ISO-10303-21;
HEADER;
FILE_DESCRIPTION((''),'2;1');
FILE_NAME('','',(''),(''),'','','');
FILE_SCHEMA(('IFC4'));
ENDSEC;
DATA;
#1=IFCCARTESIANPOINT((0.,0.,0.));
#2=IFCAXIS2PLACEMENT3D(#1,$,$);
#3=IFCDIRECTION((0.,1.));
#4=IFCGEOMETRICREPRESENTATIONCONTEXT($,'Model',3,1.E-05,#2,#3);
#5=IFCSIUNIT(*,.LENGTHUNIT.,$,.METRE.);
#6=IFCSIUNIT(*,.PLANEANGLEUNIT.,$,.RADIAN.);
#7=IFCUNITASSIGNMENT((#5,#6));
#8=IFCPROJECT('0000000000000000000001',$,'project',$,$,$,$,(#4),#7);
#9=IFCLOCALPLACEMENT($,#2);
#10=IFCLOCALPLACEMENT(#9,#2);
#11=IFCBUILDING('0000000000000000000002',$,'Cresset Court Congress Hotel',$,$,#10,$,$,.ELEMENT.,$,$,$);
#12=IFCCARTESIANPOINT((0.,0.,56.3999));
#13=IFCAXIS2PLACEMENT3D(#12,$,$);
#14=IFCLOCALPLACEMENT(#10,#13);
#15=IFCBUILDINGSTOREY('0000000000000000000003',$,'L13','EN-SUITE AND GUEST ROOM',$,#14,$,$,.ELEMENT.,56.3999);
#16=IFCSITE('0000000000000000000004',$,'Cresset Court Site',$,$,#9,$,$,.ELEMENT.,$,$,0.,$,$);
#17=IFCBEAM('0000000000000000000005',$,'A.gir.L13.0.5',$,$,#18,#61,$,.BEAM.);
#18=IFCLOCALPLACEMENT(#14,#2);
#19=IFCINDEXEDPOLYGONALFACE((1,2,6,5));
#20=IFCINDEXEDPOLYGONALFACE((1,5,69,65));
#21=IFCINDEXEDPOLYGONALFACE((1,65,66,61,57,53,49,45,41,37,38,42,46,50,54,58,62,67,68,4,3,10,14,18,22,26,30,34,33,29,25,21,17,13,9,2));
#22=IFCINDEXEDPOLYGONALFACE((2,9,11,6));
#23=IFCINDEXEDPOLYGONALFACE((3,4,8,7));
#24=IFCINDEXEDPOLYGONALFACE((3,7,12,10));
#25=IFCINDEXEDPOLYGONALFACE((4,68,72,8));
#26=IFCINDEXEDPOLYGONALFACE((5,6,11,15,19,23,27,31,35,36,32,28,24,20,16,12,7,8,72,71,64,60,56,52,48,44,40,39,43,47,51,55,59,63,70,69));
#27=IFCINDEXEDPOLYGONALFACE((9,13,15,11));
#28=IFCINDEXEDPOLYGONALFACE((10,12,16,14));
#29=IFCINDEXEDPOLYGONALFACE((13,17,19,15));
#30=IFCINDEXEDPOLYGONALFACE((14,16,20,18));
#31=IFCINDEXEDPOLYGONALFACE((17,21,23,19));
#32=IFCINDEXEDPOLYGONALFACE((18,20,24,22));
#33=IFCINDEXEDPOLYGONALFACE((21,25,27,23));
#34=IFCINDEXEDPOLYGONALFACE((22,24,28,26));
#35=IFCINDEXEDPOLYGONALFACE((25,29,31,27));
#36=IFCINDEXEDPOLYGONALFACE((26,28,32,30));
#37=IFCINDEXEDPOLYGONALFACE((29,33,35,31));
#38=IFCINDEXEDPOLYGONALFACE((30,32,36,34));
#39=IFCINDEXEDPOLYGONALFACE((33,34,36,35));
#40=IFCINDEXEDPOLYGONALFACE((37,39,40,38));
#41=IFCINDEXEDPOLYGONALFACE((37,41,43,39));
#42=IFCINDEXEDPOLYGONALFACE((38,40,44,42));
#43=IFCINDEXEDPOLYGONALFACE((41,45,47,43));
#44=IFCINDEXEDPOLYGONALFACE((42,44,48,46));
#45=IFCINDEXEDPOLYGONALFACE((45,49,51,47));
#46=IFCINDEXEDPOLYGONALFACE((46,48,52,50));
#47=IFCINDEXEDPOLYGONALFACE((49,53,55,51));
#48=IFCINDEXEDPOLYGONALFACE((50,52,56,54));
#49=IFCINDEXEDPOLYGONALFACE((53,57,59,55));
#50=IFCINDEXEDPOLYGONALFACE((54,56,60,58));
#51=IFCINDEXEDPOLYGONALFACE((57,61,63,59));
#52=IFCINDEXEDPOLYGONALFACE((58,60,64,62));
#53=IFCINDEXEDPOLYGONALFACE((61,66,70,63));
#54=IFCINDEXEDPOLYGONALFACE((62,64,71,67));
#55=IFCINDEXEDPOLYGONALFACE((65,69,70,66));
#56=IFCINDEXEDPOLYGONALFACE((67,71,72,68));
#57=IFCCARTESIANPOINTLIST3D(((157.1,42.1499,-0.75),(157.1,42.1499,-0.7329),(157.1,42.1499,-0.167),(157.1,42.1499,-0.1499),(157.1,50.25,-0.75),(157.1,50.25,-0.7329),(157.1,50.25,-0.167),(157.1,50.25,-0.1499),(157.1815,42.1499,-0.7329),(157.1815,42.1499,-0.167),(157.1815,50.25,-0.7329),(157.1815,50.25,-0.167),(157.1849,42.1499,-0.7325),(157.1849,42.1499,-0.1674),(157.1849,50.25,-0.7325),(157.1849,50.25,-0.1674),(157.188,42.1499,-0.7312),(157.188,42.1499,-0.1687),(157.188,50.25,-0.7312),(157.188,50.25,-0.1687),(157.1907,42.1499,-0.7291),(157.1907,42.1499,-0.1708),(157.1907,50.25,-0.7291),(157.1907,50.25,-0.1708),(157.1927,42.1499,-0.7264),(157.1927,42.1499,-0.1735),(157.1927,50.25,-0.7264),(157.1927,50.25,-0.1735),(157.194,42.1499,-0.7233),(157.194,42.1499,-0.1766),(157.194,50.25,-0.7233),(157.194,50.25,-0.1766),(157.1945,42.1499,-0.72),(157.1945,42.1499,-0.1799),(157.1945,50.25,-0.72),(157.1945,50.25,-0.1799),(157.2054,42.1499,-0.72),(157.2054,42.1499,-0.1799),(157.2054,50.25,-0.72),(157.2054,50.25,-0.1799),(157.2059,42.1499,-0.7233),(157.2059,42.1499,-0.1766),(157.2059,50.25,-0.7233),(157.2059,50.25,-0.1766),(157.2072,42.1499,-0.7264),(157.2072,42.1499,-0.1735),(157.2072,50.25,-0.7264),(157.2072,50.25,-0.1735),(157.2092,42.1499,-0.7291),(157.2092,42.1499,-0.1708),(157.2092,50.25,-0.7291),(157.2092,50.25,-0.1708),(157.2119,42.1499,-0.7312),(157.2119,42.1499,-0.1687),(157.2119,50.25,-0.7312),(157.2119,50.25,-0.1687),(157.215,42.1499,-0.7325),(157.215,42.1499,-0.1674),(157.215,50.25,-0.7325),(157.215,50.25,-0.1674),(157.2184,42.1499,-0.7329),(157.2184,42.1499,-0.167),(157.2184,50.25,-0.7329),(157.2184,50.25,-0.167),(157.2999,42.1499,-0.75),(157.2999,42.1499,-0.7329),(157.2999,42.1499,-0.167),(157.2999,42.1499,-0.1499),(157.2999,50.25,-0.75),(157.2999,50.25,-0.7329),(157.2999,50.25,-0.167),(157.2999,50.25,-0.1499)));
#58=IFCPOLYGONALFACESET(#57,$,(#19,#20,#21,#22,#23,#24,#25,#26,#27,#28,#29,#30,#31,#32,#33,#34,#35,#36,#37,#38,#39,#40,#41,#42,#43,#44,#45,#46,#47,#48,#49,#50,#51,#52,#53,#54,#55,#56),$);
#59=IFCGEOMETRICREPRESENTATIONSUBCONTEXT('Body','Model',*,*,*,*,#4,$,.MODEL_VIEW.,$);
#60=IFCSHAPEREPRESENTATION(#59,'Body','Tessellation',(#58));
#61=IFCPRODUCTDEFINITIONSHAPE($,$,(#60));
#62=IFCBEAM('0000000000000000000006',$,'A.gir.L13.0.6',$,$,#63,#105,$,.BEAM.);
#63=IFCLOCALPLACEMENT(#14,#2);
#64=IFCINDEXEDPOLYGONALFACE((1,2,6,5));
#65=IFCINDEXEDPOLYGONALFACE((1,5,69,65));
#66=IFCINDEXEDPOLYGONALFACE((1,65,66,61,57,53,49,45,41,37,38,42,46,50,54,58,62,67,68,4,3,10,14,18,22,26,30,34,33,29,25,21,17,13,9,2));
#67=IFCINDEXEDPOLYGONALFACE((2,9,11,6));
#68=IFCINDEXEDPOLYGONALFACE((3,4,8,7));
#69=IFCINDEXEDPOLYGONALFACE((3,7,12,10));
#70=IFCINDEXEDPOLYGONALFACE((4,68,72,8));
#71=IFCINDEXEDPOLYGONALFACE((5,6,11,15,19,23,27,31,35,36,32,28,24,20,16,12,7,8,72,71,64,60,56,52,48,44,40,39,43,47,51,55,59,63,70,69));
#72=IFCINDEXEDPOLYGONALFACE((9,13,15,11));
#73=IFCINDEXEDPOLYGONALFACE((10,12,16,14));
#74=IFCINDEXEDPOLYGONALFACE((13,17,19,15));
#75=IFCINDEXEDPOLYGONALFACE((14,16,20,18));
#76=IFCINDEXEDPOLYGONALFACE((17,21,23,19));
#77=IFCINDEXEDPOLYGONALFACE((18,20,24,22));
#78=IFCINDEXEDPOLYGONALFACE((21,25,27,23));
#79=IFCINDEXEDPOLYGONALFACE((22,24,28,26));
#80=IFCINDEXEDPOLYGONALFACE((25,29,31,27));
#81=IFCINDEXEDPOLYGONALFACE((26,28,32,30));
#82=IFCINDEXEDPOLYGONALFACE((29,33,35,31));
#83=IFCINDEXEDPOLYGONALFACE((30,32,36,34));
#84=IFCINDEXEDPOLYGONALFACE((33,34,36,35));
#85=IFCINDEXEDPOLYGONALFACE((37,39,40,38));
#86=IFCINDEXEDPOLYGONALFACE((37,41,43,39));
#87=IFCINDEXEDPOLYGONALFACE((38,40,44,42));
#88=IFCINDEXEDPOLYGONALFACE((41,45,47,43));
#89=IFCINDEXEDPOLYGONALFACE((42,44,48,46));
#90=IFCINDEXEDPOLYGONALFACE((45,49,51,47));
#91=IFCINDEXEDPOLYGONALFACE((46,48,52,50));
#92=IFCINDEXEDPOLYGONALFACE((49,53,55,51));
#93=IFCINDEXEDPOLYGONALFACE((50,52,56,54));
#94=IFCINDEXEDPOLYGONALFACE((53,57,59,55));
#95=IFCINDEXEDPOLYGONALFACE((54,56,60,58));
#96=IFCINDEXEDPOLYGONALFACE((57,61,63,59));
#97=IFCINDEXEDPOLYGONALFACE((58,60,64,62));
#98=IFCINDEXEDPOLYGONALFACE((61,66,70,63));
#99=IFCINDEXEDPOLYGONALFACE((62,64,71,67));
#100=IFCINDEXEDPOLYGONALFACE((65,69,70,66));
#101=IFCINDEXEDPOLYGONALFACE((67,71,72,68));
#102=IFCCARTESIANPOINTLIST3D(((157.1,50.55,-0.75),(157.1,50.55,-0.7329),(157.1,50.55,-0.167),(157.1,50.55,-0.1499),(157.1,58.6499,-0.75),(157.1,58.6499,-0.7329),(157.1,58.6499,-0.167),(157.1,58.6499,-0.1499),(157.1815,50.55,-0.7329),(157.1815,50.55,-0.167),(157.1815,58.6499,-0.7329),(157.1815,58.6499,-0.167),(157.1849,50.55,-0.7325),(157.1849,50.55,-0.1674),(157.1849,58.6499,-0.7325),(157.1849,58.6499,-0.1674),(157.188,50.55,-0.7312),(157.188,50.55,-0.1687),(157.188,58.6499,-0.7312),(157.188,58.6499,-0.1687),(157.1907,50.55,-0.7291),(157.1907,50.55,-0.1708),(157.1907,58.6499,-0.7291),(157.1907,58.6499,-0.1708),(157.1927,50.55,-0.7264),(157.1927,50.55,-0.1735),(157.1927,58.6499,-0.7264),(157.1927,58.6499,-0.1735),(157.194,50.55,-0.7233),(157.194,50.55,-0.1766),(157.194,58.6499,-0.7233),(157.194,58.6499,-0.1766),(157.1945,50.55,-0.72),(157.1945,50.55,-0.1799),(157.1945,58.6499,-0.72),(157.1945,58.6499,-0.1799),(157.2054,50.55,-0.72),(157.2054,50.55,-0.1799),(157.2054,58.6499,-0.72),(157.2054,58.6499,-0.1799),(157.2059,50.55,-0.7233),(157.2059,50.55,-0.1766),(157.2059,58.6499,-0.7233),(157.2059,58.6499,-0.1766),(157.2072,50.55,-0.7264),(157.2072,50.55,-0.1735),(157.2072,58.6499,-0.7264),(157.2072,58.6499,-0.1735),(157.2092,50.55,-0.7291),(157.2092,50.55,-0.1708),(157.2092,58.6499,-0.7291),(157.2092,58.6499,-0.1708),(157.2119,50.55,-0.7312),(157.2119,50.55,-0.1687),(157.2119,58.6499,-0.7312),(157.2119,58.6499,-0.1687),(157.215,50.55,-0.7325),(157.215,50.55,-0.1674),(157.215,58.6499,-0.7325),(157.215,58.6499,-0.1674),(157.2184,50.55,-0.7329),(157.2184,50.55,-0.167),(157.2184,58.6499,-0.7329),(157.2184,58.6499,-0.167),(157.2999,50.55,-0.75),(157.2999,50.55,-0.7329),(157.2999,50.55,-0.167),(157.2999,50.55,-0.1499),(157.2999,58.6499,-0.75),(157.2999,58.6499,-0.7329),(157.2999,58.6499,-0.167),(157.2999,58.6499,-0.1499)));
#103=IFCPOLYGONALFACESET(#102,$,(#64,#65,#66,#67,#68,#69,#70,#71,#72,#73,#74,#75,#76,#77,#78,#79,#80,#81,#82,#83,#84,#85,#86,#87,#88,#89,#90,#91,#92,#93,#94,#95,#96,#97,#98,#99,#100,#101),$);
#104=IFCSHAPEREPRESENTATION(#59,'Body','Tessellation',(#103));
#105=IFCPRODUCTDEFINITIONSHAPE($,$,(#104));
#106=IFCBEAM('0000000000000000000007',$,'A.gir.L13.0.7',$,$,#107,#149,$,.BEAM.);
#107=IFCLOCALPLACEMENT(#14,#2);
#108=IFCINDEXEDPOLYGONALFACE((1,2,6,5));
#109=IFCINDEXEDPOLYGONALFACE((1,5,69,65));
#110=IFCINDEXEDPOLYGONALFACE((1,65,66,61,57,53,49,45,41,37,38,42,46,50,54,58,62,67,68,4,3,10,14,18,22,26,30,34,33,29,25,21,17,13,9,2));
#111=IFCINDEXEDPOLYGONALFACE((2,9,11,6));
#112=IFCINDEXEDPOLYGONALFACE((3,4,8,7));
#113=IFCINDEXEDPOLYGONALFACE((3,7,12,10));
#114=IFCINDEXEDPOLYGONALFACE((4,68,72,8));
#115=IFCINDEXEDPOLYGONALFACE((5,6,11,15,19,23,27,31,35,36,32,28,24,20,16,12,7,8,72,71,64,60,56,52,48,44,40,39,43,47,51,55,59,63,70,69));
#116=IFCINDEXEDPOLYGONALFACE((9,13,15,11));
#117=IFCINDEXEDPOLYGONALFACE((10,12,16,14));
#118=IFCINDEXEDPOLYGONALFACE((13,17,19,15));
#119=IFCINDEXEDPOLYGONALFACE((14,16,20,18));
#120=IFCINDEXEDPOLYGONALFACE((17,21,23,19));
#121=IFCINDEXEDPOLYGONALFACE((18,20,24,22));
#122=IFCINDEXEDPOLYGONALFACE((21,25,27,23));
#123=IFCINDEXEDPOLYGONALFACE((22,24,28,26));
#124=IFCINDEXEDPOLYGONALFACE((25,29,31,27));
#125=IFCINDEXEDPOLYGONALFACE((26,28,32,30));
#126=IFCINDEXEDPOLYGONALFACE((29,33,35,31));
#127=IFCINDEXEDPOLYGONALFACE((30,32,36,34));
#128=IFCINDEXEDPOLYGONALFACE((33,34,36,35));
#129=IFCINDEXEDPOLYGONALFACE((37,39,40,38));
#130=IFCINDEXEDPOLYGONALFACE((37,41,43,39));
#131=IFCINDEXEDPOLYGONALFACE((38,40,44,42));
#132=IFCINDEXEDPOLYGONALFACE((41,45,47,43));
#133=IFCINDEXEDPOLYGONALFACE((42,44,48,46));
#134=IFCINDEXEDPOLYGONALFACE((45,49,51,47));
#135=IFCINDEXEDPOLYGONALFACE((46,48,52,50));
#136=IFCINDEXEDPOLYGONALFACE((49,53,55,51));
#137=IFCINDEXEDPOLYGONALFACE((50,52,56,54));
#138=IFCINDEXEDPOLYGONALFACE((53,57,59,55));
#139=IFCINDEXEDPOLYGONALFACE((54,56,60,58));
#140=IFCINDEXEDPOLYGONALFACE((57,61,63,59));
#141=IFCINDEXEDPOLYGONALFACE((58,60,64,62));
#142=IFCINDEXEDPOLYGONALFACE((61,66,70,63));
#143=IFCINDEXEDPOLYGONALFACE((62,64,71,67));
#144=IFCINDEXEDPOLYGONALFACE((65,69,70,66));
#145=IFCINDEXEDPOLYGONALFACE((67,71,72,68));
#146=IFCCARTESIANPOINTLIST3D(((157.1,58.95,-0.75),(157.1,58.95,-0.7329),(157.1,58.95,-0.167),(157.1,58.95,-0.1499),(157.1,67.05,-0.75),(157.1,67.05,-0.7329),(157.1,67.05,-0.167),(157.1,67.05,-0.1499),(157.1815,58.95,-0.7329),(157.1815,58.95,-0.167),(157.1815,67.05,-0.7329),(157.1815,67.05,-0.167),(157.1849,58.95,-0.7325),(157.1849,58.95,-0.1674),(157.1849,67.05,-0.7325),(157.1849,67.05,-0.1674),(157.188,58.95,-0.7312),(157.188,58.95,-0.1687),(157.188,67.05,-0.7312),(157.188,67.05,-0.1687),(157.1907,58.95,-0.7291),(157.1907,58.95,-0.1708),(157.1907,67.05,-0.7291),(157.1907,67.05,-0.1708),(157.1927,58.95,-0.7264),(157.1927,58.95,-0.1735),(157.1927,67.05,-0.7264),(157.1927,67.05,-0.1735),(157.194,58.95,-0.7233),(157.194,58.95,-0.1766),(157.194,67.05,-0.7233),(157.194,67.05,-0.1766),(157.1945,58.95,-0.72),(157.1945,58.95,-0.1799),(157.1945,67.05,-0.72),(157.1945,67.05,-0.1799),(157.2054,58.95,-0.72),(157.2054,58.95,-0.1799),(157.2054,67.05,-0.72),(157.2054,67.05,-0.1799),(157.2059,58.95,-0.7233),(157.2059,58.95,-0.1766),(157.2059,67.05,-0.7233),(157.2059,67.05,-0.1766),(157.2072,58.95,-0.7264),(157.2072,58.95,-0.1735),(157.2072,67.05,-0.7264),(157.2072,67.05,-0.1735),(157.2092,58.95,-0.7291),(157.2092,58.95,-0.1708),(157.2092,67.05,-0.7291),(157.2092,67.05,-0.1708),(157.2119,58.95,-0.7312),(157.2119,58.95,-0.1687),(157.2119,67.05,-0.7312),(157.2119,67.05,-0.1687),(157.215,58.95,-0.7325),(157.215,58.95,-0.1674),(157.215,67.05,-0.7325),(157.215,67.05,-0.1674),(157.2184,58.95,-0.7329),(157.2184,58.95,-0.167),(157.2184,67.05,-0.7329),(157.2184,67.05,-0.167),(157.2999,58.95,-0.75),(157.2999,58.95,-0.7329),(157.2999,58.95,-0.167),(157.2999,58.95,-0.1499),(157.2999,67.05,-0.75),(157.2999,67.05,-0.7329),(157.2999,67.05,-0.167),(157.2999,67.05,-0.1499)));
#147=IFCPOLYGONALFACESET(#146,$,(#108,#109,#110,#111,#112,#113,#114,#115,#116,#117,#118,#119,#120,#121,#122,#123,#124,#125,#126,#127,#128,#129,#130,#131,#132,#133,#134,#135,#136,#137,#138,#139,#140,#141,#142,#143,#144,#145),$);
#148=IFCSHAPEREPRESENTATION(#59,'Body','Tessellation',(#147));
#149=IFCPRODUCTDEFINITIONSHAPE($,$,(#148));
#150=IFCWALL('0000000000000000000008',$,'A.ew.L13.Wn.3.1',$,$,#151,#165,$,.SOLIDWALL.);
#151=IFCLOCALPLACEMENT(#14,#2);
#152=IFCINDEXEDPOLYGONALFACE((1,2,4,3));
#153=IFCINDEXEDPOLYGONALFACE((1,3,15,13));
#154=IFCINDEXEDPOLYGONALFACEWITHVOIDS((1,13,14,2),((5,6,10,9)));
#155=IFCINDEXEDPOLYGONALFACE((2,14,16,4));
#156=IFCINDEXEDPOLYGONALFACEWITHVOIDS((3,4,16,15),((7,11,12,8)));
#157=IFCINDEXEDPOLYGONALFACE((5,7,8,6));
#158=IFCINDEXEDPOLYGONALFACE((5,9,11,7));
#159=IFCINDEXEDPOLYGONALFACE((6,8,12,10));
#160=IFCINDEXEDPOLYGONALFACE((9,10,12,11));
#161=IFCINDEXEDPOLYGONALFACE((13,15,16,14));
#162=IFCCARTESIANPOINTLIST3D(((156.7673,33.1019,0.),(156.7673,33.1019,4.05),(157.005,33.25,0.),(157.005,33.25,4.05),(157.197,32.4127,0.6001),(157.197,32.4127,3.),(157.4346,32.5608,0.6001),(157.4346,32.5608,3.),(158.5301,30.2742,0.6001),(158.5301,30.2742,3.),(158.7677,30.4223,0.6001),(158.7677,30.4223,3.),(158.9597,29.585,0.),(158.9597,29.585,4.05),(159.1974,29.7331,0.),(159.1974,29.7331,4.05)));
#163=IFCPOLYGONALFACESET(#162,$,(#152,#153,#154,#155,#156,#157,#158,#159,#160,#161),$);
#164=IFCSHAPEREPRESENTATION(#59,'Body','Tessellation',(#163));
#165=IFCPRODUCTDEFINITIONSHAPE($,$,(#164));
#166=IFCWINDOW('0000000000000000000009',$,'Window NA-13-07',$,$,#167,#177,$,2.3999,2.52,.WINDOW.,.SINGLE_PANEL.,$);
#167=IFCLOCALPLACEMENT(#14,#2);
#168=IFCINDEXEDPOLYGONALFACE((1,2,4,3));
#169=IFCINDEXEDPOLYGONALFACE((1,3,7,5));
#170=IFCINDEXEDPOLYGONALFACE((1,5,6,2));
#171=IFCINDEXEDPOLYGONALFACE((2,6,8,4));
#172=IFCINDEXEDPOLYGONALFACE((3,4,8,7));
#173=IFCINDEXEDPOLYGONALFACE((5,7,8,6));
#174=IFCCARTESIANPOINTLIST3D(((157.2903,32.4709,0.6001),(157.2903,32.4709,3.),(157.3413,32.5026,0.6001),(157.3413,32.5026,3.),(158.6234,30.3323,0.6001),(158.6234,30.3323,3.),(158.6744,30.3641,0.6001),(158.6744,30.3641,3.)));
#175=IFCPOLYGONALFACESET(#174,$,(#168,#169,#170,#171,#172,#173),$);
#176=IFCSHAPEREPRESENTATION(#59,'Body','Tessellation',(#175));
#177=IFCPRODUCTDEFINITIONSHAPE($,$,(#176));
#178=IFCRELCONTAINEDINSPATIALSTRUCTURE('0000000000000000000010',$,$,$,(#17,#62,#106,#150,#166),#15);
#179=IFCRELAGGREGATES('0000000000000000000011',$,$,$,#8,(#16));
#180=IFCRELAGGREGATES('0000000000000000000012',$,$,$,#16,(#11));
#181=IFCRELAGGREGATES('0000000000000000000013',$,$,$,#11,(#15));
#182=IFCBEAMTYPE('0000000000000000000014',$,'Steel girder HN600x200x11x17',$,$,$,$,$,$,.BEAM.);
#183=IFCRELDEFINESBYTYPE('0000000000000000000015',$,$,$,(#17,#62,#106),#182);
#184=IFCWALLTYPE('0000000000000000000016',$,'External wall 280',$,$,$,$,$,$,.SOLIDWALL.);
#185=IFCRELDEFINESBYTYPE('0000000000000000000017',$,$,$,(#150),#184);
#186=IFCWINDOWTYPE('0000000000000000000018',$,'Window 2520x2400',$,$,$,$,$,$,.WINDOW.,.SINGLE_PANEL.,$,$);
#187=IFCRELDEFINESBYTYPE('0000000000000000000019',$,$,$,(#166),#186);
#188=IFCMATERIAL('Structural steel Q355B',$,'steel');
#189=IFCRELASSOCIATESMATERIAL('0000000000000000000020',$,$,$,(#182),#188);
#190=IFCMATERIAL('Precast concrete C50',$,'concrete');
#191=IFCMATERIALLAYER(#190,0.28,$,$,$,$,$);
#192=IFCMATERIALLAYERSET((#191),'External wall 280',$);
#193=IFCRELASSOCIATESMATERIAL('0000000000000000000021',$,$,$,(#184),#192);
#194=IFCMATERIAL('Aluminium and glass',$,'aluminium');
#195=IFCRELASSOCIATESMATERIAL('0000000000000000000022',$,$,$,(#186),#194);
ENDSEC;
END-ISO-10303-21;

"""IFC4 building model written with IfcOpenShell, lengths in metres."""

from ifc_helpers import new_model, si_unit, direction, frame, frame_2d, origin, origin_2d, place, context, subcontext, project, spatial, rectangle, i_section, extrude, material, layer, layer_set, material_profile, profile_set, type_object, element, fill, save


model = new_model("IFC4")

# Units and contexts
model_context = context("Model", 3, precision=1e-05, world=origin(), true_north=direction((0.0, 1.0)))
body_context = subcontext(model_context, "Body", "Model", "MODEL_VIEW")
ifc_project = project(units=[si_unit("LENGTHUNIT", "METRE"), si_unit("PLANEANGLEUNIT", "RADIAN")], contexts=[model_context])

# Site, building, storey
site_placement = place(None, origin())
site = spatial("IfcSite", under=ifc_project, at=site_placement, Name="Cresset Court Site", CompositionType="ELEMENT", RefElevation=0.0)
building_placement = place(site_placement, origin())
building = spatial("IfcBuilding", under=site, at=building_placement, Name="Cresset Court Congress Hotel", CompositionType="ELEMENT")
storey_placement = place(building_placement, frame((0.0, 0.0, 56.3999)))
storey = spatial("IfcBuildingStorey", under=building, at=storey_placement, Name="L13", Description="EN-SUITE AND GUEST ROOM", CompositionType="ELEMENT", Elevation=56.3999)

# Beams
ifc_material_1 = material(Name="Structural steel Q355B", Category="steel")
ifc_material_profile_1 = material_profile(ifc_material_1, i_section(OverallWidth=0.2, OverallDepth=0.6001, WebThickness=0.011, FlangeThickness=0.0171, FilletRadius=0.0129, at=origin_2d()), Name="HN600x200x11x17")
ifc_profile_set_1 = profile_set([ifc_material_profile_1], Name="Structural steel Q355B")
beam_type_1 = type_object("IfcBeamType", Name="Steel girder HN600x200x11x17", PredefinedType="BEAM", material=ifc_profile_set_1)
for number, where, z_axis, x_axis, name in (
    (1, (157.2, 42.1499, -0.45), (0.0, 1.0, 0.0), (-1.0, 0.0, 0.0), "A.gir.L13.0.5"),
):
    element("IfcBeam", number, at=place(storey_placement, frame(where, z_axis=z_axis, x_axis=x_axis)), inside=storey, type_object=beam_type_1, Name=name, PredefinedType="BEAM", context=body_context, shape_type="SweptSolid", body=[
        extrude(i_section(OverallWidth=0.2, OverallDepth=0.6001, WebThickness=0.011, FlangeThickness=0.0171, FilletRadius=0.0129, at=origin_2d()), origin(), (0.0, 0.0, 1.0), 8.1001),
    ])
beam_1_placement = place(storey_placement, frame((157.2, 50.55, -0.45), z_axis=(0.0, 1.0, 0.0), x_axis=(-1.0, 0.0, 0.0)))
element("IfcBeam", 2, at=beam_1_placement, inside=storey, type_object=beam_type_1, Name="A.gir.L13.0.6", PredefinedType="BEAM", context=body_context, shape_type="SweptSolid", body=[
    extrude(i_section(OverallWidth=0.2, OverallDepth=0.6001, WebThickness=0.011, FlangeThickness=0.0171, FilletRadius=0.0129, at=origin_2d()), origin(), (0.0, 0.0, 1.0), 8.0999),
])
beam_2_placement = place(storey_placement, frame((157.2, 58.95, -0.45), z_axis=(0.0, 1.0, 0.0), x_axis=(-1.0, 0.0, 0.0)))
element("IfcBeam", 3, at=beam_2_placement, inside=storey, type_object=beam_type_1, Name="A.gir.L13.0.7", PredefinedType="BEAM", context=body_context, shape_type="SweptSolid", body=[
    extrude(i_section(OverallWidth=0.2, OverallDepth=0.6001, WebThickness=0.011, FlangeThickness=0.0171, FilletRadius=0.0129, at=origin_2d()), origin(), (0.0, 0.0, 1.0), 8.1001),
])

# Wall, opening, window
ifc_material_2 = material(Name="Precast concrete C50", Category="concrete")
ifc_layer_1 = layer(ifc_material_2, 0.28)
ifc_layer_set_1 = layer_set([ifc_layer_1], Name="External wall 280")
wall_type_1 = type_object("IfcWallType", Name="External wall 280", PredefinedType="SOLIDWALL", material=ifc_layer_set_1)
wall_1_placement = place(storey_placement, frame((159.0786, 29.6589, 0.0), z_axis=(0.0, 0.0, 1.0), x_axis=(-0.529019, 0.84861, 0.0)))
wall_1 = element("IfcWall", 4, at=wall_1_placement, inside=storey, type_object=wall_type_1, Name="A.ew.L13.Wn.3.1", PredefinedType="SOLIDWALL", context=body_context, shape_type="SweptSolid", body=[
    extrude(rectangle(XDim=4.1443, YDim=0.28, at=frame_2d((2.0723, 0.0))), origin(), (0.0, 0.0, 1.0), 4.05),
])
opening_1_placement = place(wall_1_placement, frame((0.8123, 0.0, 0.6001)))
opening_1 = element("IfcOpeningElement", 5, at=opening_1_placement, cuts=wall_1, PredefinedType="OPENING", context=body_context, shape_type="SweptSolid", body=[
    extrude(rectangle(XDim=2.52, YDim=2.3999, at=frame_2d((1.26, 1.2))), frame((0.0, 0.1499, 0.0), z_axis=(0.0, -1.0, 0.0), x_axis=(1.0, 0.0, 0.0)), (0.0, 0.0, 1.0), 0.3),
])
ifc_material_3 = material(Name="Aluminium and glass", Category="aluminium")
window_type_1 = type_object("IfcWindowType", Name="Window 2520x2400", PartitioningType="SINGLE_PANEL", PredefinedType="WINDOW", material=ifc_material_3)
window_1_placement = place(opening_1_placement, origin())
window_1 = element("IfcWindow", 6, at=window_1_placement, inside=storey, type_object=window_type_1, Name="Window NA-13-07", OverallHeight=2.3999, OverallWidth=2.52, PartitioningType="SINGLE_PANEL", PredefinedType="WINDOW", context=body_context, shape_type="SweptSolid", body=[
    extrude(rectangle(XDim=2.52, YDim=2.3999, at=frame_2d((1.26, 1.2))), frame((0.0, 0.03, 0.0), z_axis=(0.0, -1.0, 0.0), x_axis=(1.0, 0.0, 0.0)), (0.0, 0.0, 1.0), 0.0601),
])
fill(opening_1, window_1)

save(model, "model.ifc")
